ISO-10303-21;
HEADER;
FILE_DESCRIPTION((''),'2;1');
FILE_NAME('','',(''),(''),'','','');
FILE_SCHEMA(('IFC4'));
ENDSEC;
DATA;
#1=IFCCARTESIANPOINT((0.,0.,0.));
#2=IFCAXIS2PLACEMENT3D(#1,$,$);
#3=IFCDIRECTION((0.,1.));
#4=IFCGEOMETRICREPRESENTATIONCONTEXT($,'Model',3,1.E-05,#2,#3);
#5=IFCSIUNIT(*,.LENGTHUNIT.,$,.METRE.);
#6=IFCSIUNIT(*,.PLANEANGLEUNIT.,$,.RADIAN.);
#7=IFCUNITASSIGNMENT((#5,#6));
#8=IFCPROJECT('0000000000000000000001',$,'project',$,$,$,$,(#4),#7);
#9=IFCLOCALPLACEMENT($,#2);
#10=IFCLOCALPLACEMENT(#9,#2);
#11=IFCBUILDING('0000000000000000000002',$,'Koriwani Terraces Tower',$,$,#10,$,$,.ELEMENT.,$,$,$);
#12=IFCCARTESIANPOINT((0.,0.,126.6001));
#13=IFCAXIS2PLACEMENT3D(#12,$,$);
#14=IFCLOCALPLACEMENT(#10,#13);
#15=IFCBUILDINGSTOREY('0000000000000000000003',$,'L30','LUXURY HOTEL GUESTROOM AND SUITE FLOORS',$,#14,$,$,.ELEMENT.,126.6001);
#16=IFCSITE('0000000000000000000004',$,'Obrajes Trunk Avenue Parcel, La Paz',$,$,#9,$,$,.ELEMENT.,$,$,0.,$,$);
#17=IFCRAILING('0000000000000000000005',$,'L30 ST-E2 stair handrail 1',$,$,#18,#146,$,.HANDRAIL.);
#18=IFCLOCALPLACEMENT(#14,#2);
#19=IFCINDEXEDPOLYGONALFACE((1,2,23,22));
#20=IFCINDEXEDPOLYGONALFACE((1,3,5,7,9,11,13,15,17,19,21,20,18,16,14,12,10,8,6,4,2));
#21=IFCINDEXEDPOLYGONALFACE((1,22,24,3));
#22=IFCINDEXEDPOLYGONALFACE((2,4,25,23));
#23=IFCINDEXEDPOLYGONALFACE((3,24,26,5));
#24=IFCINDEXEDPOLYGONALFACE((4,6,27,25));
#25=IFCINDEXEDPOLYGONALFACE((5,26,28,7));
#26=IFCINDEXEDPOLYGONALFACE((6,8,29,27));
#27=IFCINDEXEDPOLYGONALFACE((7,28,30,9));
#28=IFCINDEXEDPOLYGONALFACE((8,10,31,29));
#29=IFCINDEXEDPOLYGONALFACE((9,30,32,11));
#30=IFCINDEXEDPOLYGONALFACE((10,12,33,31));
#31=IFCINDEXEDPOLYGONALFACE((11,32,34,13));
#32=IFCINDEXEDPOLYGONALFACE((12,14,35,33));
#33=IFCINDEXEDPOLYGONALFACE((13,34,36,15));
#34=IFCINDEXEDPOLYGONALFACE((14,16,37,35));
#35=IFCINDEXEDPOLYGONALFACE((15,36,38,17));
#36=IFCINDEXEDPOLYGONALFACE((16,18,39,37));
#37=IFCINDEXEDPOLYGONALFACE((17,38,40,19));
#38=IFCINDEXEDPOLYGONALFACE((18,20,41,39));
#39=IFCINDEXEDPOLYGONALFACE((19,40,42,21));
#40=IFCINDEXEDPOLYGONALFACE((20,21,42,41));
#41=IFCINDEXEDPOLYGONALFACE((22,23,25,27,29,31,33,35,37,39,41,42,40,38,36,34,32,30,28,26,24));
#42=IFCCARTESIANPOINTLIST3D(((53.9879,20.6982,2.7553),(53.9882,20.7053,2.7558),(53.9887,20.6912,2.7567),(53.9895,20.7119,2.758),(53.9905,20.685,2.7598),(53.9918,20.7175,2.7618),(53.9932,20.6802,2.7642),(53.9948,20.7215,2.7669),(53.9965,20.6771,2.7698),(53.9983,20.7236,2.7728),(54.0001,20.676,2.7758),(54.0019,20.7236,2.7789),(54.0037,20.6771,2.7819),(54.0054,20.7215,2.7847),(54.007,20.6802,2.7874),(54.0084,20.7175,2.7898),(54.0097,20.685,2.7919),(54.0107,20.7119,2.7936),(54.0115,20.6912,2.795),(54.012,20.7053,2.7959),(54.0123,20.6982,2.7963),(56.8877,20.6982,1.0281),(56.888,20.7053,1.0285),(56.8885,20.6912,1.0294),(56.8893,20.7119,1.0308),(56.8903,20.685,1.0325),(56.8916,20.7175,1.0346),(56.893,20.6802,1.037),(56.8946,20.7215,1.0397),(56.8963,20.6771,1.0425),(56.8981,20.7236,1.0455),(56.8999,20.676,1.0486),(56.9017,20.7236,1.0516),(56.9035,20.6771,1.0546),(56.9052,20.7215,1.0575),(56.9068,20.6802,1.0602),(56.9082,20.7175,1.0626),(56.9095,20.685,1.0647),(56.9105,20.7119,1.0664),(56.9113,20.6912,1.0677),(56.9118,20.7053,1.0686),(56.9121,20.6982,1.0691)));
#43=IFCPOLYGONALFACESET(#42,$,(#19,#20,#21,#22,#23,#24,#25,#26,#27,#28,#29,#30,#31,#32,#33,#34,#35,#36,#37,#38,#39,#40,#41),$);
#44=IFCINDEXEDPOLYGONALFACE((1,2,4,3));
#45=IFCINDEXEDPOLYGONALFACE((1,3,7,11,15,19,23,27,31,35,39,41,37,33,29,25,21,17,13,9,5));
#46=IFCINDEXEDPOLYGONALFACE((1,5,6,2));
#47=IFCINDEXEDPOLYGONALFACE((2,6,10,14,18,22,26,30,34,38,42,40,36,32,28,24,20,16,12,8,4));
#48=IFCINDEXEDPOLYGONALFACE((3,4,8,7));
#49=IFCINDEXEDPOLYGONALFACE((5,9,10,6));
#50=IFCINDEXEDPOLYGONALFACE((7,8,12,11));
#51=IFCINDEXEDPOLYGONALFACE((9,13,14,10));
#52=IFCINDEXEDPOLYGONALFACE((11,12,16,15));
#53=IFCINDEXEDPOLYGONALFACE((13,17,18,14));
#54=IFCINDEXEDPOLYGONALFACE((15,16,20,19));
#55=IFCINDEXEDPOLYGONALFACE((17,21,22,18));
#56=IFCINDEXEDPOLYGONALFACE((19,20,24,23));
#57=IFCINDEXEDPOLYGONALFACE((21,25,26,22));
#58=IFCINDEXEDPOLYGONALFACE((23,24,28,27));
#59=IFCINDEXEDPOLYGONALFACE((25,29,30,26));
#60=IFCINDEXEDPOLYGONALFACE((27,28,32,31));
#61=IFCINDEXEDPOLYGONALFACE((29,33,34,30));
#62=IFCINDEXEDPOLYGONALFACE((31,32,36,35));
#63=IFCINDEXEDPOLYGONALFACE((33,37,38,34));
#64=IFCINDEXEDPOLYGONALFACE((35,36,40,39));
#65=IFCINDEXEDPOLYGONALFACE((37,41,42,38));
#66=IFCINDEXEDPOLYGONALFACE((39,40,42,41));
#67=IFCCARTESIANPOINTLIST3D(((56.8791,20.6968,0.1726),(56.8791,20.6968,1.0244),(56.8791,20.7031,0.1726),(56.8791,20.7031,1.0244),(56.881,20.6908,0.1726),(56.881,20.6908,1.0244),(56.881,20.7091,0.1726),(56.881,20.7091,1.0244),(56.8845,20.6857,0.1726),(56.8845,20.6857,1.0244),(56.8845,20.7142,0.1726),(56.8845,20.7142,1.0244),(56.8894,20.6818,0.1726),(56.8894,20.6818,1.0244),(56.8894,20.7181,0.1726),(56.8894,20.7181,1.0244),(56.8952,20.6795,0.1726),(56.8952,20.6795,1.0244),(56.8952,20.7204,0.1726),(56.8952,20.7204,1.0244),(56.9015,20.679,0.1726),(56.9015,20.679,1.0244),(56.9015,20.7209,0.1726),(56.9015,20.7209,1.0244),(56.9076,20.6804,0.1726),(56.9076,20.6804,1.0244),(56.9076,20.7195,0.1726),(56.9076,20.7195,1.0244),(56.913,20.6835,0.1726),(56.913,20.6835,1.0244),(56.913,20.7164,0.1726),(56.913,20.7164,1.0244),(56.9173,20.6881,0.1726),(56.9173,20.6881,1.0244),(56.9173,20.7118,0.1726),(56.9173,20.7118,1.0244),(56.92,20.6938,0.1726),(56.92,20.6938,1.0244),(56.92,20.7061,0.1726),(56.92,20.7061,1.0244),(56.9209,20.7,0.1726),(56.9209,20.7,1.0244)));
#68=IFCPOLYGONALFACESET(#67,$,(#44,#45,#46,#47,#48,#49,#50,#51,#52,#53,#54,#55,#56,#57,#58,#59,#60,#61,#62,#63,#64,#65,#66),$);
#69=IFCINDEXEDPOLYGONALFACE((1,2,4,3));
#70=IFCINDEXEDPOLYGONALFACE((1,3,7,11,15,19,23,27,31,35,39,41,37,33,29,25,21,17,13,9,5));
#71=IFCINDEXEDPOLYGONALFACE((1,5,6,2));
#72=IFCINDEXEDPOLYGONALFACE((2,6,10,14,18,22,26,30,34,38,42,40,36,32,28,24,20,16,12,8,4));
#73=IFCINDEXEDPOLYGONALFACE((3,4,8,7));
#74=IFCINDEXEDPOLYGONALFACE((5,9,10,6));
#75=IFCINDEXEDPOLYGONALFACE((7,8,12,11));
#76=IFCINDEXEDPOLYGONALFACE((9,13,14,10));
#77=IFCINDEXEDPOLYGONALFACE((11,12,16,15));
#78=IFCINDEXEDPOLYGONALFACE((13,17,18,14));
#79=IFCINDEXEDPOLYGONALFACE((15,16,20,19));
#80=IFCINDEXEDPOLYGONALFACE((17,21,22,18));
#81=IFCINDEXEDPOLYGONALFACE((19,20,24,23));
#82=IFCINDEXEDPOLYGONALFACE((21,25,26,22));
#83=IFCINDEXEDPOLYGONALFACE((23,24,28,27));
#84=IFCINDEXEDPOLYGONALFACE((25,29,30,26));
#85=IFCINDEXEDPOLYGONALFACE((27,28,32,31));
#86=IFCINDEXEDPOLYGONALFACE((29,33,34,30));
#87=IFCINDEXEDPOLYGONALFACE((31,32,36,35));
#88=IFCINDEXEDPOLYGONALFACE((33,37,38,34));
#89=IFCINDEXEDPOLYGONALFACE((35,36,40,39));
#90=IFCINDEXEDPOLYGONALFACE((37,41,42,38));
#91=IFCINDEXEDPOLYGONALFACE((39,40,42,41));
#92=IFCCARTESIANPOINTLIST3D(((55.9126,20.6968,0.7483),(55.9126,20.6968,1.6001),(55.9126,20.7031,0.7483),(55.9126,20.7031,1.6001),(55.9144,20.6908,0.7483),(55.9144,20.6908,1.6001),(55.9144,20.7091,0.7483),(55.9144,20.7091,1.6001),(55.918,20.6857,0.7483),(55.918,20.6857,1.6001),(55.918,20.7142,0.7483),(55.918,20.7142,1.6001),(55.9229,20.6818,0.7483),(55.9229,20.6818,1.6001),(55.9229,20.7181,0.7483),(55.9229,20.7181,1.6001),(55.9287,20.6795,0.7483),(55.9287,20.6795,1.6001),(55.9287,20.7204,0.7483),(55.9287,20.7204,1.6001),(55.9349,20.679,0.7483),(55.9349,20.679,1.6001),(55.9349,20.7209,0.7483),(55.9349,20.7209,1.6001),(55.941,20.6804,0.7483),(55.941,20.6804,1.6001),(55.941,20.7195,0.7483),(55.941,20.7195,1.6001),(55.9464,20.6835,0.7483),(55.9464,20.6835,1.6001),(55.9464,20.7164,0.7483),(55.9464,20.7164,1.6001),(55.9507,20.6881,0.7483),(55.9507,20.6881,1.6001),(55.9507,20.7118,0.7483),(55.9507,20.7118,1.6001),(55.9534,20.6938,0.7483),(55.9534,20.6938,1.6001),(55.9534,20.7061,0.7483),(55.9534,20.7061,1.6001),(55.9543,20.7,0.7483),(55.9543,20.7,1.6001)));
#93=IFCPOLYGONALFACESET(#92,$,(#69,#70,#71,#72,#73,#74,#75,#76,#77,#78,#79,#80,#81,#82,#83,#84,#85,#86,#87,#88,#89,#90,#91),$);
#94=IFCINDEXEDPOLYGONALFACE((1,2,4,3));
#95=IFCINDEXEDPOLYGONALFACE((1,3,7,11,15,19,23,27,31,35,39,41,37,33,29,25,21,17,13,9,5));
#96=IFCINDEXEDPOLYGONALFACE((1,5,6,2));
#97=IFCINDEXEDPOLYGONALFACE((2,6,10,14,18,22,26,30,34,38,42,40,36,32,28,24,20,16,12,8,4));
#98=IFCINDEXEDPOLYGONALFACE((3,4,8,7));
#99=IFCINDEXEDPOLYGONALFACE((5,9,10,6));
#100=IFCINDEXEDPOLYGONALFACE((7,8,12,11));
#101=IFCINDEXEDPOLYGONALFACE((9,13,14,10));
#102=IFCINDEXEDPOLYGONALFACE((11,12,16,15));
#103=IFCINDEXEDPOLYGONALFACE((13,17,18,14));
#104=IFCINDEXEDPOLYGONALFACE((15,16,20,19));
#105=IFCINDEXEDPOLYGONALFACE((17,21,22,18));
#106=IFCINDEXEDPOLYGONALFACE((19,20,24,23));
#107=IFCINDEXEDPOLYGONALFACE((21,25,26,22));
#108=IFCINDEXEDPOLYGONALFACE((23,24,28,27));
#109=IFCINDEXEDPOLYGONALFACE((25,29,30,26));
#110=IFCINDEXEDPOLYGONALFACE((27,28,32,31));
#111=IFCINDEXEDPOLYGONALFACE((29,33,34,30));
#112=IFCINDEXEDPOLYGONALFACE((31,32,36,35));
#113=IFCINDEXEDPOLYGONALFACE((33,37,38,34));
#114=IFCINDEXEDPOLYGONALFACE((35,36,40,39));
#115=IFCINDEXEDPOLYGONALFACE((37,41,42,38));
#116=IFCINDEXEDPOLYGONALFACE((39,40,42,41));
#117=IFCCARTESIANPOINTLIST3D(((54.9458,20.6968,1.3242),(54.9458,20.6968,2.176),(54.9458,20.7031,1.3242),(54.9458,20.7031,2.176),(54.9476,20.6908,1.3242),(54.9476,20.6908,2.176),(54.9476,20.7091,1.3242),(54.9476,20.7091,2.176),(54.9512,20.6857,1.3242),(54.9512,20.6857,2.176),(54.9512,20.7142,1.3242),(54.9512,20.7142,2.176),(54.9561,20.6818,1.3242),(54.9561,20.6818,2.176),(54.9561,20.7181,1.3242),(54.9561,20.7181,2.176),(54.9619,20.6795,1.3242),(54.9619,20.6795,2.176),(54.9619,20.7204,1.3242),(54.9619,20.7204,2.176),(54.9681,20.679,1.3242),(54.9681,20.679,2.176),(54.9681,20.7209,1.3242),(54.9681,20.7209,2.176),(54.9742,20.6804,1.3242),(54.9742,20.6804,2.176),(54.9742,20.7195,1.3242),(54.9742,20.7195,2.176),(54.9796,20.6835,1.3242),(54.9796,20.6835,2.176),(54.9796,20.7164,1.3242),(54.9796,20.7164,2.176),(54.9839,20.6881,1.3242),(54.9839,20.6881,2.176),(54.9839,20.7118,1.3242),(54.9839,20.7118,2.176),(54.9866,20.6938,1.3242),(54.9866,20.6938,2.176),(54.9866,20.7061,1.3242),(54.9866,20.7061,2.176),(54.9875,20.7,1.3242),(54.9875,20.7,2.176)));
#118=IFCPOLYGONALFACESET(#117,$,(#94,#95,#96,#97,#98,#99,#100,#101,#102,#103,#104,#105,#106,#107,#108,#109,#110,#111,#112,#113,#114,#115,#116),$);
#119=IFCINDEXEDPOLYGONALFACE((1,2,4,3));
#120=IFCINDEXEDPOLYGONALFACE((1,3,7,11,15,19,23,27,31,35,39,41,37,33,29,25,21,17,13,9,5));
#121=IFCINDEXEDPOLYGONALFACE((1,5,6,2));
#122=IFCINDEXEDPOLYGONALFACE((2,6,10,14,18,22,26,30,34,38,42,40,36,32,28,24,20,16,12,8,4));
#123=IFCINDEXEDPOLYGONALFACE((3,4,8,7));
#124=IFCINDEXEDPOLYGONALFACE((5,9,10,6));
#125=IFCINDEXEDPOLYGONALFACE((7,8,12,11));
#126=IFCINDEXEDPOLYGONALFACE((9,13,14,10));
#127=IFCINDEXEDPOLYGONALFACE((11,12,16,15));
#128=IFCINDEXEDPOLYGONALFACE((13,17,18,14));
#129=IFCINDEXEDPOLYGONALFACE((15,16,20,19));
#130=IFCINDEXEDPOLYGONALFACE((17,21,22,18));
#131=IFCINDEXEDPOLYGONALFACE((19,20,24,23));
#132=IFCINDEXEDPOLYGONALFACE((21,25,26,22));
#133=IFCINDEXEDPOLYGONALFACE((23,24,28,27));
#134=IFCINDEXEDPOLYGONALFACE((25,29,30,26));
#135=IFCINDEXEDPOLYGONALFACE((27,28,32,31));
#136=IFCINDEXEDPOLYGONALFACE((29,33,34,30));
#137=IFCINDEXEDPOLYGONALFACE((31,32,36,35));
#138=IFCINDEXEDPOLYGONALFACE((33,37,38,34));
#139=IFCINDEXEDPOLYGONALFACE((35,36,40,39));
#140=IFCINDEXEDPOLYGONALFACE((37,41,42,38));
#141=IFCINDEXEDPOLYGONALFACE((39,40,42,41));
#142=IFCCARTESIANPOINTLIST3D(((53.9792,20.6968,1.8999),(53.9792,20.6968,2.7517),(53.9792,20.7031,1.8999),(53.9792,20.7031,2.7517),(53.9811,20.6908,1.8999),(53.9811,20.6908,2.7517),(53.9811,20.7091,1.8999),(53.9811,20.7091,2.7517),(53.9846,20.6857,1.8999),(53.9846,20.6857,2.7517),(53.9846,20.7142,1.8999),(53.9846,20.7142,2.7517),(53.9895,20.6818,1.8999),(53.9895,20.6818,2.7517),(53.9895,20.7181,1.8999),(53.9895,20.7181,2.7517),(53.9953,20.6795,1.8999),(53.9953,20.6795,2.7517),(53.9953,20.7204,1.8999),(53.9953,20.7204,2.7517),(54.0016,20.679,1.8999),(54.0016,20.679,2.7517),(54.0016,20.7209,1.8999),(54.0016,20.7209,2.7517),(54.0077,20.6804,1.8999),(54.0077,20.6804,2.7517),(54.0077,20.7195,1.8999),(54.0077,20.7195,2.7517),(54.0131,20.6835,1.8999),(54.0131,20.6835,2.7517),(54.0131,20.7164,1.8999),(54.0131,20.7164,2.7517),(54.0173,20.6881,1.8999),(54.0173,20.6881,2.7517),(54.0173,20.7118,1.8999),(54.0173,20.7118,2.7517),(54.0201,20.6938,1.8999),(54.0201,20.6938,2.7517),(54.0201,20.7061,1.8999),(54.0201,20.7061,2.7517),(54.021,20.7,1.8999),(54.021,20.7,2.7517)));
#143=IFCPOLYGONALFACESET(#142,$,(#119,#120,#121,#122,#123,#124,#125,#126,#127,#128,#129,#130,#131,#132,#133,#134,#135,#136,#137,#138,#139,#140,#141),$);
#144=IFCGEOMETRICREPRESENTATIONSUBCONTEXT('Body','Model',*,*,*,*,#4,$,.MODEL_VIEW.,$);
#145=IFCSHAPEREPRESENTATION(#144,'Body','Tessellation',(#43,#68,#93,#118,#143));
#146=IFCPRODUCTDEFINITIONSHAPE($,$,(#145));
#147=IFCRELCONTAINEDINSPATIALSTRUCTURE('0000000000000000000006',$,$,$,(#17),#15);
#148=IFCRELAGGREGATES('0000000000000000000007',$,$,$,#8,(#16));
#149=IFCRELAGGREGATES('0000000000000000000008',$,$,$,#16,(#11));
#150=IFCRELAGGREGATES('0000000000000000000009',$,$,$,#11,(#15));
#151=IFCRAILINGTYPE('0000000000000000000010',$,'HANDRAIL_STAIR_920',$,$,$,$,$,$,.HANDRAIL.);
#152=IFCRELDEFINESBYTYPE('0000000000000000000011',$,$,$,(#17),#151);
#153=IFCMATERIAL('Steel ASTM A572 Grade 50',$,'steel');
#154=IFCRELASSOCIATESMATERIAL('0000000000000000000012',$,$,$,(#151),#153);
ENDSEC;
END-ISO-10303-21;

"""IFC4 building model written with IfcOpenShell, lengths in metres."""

from ifc_helpers import new_model, si_unit, direction, frame, origin, origin_2d, place, context, subcontext, project, spatial, circle, extrude, material, type_object, element, save


model = new_model("IFC4")

# Units and contexts
model_context = context("Model", 3, precision=1e-05, world=origin(), true_north=direction((0.0, 1.0)))
body_context = subcontext(model_context, "Body", "Model", "MODEL_VIEW")
ifc_project = project(units=[si_unit("LENGTHUNIT", "METRE"), si_unit("PLANEANGLEUNIT", "RADIAN")], contexts=[model_context])

# Site, building, storey
site_placement = place(None, origin())
site = spatial("IfcSite", under=ifc_project, at=site_placement, Name="Obrajes Trunk Avenue Parcel, La Paz", CompositionType="ELEMENT", RefElevation=0.0)
building_placement = place(site_placement, origin())
building = spatial("IfcBuilding", under=site, at=building_placement, Name="Koriwani Terraces Tower", CompositionType="ELEMENT")
storey_placement = place(building_placement, frame((0.0, 0.0, 126.6001)))
storey = spatial("IfcBuildingStorey", under=building, at=storey_placement, Name="L30", Description="LUXURY HOTEL GUESTROOM AND SUITE FLOORS", CompositionType="ELEMENT", Elevation=126.6001)

# Shared definitions
ifc_material_1 = material(Name="Steel ASTM A572 Grade 50", Category="steel")

# Railing
railing_type_1 = type_object("IfcRailingType", Name="HANDRAIL_STAIR_920", PredefinedType="HANDRAIL", material=ifc_material_1)
railing_1_placement = place(storey_placement, frame((56.8999, 20.7, 0.1726)))
element("IfcRailing", 1, at=railing_1_placement, inside=storey, type_object=railing_type_1, Name="L30 ST-E2 stair handrail 1", PredefinedType="HANDRAIL", context=body_context, shape_type="SweptSolid", body=[
    extrude(circle(Radius=0.0239, at=origin_2d()), frame((0.0, 0.0, 0.876), z_axis=(-0.859141, 0.0, 0.511738), x_axis=(0.0, -1.0, 0.0)), (0.0, 0.0, 1.0), 3.3752),
    extrude(circle(Radius=0.021, at=origin_2d()), origin(), (0.0, 0.0, 1.0), 0.8518),
    extrude(circle(Radius=0.021, at=origin_2d()), frame((-0.9666, 0.0, 0.5757)), (0.0, 0.0, 1.0), 0.8518),
    extrude(circle(Radius=0.021, at=origin_2d()), frame((-1.9333, 0.0, 1.1516)), (0.0, 0.0, 1.0), 0.8518),
    extrude(circle(Radius=0.021, at=origin_2d()), frame((-2.8999, 0.0, 1.7273)), (0.0, 0.0, 1.0), 0.8518),
])

save(model, "model.ifc")
